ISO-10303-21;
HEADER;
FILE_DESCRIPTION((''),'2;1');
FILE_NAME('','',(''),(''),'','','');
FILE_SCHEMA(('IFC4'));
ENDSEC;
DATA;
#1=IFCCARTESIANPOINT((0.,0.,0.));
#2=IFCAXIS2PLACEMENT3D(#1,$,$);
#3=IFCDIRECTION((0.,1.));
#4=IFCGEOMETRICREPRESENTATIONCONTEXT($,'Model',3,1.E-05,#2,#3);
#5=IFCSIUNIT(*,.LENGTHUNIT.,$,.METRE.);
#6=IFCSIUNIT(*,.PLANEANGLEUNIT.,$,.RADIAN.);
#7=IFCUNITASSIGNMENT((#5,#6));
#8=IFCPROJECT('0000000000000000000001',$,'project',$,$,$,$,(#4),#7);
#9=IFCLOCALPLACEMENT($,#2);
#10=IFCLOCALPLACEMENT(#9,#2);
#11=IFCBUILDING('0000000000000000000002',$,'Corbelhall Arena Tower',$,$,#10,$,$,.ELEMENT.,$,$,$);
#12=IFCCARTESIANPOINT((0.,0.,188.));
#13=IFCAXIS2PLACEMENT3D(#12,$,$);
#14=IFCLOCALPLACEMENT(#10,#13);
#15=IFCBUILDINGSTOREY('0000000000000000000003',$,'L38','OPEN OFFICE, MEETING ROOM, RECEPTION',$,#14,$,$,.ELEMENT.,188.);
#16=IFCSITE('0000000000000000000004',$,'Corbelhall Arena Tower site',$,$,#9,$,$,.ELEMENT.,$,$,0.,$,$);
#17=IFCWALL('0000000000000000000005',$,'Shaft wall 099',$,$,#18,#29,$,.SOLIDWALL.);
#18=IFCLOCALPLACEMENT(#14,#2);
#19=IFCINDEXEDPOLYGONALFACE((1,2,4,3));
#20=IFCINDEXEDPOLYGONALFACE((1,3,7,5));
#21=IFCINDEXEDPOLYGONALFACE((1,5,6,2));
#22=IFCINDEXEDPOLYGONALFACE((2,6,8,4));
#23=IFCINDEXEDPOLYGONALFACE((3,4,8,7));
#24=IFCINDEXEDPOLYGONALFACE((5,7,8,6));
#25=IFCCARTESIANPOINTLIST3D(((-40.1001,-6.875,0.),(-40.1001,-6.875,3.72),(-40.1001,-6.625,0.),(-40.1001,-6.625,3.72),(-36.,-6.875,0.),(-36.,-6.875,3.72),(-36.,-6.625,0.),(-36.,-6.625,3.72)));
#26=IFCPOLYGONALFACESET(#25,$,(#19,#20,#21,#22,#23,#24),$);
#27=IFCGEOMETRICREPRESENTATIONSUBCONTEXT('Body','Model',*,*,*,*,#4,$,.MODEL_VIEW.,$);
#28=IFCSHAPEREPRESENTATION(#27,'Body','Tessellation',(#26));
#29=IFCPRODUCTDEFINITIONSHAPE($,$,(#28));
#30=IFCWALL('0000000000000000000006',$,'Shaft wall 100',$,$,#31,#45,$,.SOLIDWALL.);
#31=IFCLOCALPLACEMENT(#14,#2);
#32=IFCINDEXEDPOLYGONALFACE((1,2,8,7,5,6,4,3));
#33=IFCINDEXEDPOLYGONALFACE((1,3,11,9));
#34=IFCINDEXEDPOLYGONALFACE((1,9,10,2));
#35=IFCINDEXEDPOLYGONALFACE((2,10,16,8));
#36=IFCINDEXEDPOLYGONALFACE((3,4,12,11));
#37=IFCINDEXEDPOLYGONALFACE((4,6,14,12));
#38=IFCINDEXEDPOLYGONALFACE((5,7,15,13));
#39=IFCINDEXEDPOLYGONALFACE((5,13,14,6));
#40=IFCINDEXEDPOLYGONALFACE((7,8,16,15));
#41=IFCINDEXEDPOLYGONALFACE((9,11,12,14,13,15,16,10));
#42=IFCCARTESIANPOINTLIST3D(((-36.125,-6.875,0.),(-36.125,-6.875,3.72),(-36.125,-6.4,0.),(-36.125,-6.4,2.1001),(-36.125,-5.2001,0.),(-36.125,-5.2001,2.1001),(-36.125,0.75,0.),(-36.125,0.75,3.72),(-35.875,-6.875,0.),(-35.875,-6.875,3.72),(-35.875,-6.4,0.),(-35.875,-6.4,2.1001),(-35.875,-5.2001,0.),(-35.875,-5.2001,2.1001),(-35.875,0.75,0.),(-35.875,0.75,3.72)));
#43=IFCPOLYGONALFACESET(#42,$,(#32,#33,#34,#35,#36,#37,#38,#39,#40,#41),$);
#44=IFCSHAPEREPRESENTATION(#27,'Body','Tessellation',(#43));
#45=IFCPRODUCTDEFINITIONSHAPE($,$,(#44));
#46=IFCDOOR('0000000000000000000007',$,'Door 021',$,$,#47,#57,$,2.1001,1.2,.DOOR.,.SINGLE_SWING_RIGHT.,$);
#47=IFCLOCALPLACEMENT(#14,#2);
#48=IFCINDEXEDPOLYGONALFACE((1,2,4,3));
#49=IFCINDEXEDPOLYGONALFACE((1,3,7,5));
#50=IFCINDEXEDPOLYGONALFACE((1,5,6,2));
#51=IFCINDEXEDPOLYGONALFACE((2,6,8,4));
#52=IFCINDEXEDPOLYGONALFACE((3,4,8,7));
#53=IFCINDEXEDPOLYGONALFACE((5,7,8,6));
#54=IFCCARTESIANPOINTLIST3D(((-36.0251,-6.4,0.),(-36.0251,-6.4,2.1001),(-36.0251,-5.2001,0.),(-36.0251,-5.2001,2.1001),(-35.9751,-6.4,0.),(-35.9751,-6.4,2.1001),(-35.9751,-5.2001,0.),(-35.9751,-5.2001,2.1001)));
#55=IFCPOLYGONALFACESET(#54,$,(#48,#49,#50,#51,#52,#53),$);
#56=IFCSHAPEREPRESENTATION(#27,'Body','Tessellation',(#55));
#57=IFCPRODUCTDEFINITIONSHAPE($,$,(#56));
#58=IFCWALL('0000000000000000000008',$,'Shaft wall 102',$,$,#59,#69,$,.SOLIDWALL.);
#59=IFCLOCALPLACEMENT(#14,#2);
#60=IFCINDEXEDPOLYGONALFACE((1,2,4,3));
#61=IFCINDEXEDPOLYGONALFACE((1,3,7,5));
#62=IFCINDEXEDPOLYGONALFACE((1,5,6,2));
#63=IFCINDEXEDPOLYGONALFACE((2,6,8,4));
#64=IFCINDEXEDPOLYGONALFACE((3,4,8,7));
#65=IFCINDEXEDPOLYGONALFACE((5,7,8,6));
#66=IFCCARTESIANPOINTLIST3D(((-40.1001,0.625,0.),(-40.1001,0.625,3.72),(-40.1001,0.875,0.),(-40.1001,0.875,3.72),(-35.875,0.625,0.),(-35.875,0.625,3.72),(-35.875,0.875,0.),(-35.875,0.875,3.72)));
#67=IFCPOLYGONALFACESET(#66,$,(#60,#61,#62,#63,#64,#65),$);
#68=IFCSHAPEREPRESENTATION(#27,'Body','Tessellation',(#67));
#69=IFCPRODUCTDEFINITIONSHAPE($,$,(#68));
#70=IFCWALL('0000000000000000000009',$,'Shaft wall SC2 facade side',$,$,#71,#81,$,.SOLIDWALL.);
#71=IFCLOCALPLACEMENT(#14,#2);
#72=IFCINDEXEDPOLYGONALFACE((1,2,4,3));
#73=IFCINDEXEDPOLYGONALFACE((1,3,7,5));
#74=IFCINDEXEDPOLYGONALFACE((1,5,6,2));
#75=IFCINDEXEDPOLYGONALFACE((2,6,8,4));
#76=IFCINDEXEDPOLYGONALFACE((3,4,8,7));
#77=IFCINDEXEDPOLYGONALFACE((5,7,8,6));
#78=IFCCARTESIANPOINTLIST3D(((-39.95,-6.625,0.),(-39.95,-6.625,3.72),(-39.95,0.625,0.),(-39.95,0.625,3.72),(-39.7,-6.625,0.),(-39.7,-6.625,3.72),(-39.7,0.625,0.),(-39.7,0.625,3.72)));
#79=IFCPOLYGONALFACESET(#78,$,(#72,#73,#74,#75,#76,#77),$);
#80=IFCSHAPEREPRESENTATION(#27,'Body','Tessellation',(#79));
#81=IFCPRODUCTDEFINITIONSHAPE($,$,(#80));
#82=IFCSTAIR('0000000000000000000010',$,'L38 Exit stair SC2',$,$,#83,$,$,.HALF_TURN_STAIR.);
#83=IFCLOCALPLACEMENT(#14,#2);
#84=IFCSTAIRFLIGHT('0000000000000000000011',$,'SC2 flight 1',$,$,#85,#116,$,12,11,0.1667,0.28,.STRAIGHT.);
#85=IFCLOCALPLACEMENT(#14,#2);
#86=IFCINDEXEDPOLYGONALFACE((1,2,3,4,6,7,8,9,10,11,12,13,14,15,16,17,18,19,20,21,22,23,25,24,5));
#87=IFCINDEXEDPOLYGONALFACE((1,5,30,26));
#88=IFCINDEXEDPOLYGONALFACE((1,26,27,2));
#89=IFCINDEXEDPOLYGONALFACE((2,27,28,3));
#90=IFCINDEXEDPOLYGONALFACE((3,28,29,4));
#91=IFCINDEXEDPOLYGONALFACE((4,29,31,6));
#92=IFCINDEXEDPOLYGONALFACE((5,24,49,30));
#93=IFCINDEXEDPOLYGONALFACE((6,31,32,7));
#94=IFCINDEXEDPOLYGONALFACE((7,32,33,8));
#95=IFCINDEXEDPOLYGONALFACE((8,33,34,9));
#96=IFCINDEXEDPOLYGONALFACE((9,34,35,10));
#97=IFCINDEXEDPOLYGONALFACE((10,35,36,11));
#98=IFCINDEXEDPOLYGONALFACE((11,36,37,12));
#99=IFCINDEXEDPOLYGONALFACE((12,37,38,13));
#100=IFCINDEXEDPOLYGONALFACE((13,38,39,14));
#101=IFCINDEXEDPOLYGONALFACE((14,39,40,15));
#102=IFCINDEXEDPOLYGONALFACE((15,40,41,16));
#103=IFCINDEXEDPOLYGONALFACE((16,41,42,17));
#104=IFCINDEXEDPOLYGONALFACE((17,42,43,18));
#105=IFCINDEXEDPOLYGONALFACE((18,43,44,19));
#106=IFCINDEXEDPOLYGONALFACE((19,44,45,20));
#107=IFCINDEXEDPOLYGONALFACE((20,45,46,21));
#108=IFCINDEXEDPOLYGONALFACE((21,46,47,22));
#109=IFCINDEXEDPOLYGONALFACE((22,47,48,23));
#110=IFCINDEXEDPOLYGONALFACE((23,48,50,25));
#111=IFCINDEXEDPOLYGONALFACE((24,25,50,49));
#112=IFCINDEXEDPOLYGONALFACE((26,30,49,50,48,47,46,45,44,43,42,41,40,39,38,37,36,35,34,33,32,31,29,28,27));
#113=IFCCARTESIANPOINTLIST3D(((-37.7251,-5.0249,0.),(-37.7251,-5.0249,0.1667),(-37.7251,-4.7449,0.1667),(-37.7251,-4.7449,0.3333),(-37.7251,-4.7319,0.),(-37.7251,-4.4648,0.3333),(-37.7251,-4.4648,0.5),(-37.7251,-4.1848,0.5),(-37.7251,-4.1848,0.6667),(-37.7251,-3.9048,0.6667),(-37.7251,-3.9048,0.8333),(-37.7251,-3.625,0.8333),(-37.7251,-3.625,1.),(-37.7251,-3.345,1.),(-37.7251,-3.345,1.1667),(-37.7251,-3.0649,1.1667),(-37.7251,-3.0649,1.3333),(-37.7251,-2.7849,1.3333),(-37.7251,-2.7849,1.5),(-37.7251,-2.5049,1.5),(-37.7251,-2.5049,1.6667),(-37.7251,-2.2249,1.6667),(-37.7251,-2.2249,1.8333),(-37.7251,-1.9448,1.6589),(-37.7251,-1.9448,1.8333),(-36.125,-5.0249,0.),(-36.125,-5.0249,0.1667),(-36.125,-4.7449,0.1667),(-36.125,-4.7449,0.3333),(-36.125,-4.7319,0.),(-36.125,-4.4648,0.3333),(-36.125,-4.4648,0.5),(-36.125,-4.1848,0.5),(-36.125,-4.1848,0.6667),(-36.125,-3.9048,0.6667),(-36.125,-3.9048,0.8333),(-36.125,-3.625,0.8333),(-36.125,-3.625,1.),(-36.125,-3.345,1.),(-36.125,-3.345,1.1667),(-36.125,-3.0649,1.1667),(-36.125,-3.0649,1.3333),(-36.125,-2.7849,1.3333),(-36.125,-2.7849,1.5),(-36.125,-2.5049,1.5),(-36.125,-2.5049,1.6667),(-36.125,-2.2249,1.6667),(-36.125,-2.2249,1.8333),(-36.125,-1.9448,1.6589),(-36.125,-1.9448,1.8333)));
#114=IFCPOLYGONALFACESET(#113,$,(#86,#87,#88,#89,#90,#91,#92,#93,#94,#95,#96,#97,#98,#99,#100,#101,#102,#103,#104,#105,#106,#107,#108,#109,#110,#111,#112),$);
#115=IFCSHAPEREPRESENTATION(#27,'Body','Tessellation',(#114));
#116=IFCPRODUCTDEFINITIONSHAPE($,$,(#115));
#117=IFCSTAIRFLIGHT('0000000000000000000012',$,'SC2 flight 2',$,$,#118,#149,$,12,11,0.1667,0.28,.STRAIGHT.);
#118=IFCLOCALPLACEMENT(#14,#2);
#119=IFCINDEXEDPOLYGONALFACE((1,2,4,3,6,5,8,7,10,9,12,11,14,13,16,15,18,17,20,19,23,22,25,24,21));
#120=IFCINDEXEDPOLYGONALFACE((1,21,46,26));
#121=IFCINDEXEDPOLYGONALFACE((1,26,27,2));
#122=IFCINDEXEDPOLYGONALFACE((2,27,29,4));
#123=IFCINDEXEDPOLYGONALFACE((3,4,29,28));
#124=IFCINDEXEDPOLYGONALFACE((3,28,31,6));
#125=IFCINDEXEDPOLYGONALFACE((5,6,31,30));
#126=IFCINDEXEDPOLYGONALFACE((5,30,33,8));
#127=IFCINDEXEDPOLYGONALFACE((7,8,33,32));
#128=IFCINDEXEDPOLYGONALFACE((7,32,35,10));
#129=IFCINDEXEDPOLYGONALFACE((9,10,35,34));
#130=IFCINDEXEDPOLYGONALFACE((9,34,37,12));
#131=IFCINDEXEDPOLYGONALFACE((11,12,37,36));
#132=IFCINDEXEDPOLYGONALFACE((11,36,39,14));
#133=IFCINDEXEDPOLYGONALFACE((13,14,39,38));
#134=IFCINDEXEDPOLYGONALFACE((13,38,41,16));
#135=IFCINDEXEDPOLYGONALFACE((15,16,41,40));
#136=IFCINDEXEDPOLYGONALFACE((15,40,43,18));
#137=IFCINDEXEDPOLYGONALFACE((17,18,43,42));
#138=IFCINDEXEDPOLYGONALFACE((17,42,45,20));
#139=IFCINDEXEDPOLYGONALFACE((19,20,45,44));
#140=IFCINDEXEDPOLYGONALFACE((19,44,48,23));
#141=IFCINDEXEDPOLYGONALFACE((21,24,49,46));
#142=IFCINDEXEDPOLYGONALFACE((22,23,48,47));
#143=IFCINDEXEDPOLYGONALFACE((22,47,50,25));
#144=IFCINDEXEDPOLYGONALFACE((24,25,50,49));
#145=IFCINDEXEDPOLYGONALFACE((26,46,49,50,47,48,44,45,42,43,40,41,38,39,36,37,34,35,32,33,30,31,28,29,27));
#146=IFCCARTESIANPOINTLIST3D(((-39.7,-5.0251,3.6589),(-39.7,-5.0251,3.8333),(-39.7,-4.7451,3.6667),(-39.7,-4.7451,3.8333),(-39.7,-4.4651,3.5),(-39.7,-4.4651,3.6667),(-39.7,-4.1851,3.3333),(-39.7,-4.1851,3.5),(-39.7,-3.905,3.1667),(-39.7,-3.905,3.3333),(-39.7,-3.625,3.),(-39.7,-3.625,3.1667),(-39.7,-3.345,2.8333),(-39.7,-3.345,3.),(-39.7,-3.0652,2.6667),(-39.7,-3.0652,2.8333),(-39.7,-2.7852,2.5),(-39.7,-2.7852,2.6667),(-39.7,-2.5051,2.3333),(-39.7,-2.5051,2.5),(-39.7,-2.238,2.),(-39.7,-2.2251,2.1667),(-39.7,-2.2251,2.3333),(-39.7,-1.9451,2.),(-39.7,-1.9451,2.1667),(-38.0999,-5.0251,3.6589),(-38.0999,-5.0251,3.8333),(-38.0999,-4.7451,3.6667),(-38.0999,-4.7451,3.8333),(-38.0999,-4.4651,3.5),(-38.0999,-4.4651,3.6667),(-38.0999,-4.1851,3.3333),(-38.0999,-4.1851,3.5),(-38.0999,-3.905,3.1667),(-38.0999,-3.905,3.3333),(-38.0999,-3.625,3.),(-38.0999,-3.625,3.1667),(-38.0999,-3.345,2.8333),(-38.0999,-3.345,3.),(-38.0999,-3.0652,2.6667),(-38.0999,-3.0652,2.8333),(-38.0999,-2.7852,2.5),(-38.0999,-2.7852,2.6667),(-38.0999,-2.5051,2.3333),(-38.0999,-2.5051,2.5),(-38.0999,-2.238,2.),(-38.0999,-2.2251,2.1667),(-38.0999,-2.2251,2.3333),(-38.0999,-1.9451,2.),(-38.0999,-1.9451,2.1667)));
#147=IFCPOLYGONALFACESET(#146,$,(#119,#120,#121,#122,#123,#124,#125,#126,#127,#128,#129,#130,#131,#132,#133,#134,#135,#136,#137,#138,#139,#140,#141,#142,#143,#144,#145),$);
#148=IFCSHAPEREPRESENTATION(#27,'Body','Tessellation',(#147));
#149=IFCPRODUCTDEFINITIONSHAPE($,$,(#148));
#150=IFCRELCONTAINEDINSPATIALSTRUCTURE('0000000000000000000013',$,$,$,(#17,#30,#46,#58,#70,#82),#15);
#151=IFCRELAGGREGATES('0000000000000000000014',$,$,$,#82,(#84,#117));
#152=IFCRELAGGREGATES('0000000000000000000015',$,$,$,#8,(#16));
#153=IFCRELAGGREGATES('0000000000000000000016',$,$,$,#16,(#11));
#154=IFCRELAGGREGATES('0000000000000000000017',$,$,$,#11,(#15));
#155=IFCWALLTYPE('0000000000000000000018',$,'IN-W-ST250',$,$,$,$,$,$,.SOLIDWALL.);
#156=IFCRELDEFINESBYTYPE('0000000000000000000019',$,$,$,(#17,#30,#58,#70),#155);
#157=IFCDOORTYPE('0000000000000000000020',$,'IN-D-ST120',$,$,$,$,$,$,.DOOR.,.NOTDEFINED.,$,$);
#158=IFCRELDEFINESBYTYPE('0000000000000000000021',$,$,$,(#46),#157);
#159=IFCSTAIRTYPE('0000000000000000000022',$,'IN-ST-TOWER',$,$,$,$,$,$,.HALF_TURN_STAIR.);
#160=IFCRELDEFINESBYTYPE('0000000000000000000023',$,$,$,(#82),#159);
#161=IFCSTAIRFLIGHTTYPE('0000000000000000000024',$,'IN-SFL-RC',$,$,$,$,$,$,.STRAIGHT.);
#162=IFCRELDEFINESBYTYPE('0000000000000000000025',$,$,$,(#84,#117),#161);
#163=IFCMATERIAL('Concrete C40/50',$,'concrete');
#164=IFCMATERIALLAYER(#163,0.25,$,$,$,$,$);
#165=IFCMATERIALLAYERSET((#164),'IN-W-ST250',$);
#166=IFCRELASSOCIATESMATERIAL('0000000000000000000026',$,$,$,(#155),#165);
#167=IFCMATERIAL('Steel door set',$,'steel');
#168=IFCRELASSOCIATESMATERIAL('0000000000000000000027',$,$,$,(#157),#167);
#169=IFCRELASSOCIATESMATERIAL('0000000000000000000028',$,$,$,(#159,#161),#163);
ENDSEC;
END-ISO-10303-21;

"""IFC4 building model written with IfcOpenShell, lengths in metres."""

from ifc_helpers import new_model, si_unit, direction, frame, frame_2d, origin, place, context, subcontext, project, spatial, polyline, rectangle, outline, extrude, material, layer, layer_set, type_object, element, fill, aggregate, save


model = new_model("IFC4")

# Units and contexts
model_context = context("Model", 3, precision=1e-05, world=origin(), true_north=direction((0.0, 1.0)))
body_context = subcontext(model_context, "Body", "Model", "MODEL_VIEW")
ifc_project = project(units=[si_unit("LENGTHUNIT", "METRE"), si_unit("PLANEANGLEUNIT", "RADIAN")], contexts=[model_context])

# Site, building, storey
site_placement = place(None, origin())
site = spatial("IfcSite", under=ifc_project, at=site_placement, Name="Corbelhall Arena Tower site", CompositionType="ELEMENT", RefElevation=0.0)
building_placement = place(site_placement, origin())
building = spatial("IfcBuilding", under=site, at=building_placement, Name="Corbelhall Arena Tower", CompositionType="ELEMENT")
storey_placement = place(building_placement, frame((0.0, 0.0, 188.0)))
storey = spatial("IfcBuildingStorey", under=building, at=storey_placement, Name="L38", Description="OPEN OFFICE, MEETING ROOM, RECEPTION", CompositionType="ELEMENT", Elevation=188.0)

# Shared definitions
ifc_material_1 = material(Name="Steel door set", Category="steel")

# Wall
ifc_material_2 = material(Name="Concrete C40/50", Category="concrete")
ifc_layer_1 = layer(ifc_material_2, 0.25)
ifc_layer_set_1 = layer_set([ifc_layer_1], Name="IN-W-ST250")
wall_type_1 = type_object("IfcWallType", Name="IN-W-ST250", PredefinedType="SOLIDWALL", material=ifc_layer_set_1)
wall_1_placement = place(storey_placement, frame((-36.0, -6.75, 0.0), z_axis=(0.0, 0.0, 1.0), x_axis=(-1.0, 0.0, 0.0)))
element("IfcWall", 1, at=wall_1_placement, inside=storey, type_object=wall_type_1, Name="Shaft wall 099", PredefinedType="SOLIDWALL", context=body_context, shape_type="SweptSolid", body=[
    extrude(rectangle(XDim=4.1001, YDim=0.25, at=frame_2d((2.05, 0.0))), origin(), (0.0, 0.0, 1.0), 3.72),
])

# Wall, opening, door
wall_2_placement = place(storey_placement, frame((-36.0, 0.75, 0.0), z_axis=(0.0, 0.0, 1.0), x_axis=(0.0, -1.0, 0.0)))
wall_2 = element("IfcWall", 2, at=wall_2_placement, inside=storey, type_object=wall_type_1, Name="Shaft wall 100", PredefinedType="SOLIDWALL", context=body_context, shape_type="SweptSolid", body=[
    extrude(rectangle(XDim=7.625, YDim=0.25, at=frame_2d((3.8125, 0.0))), origin(), (0.0, 0.0, 1.0), 3.72),
])
opening_1_placement = place(wall_2_placement, frame((5.95, 0.0, 0.0)))
opening_1 = element("IfcOpeningElement", 3, at=opening_1_placement, cuts=wall_2, PredefinedType="OPENING", context=body_context, shape_type="SweptSolid", body=[
    extrude(rectangle(XDim=1.2, YDim=2.1001, at=frame_2d((0.6001, 1.05))), frame((0.0, 0.125, 0.0), z_axis=(0.0, -1.0, 0.0), x_axis=(1.0, 0.0, 0.0)), (0.0, 0.0, 1.0), 0.25),
])
door_type_1 = type_object("IfcDoorType", Name="IN-D-ST120", OperationType="NOTDEFINED", PredefinedType="DOOR", material=ifc_material_1)
door_1_placement = place(opening_1_placement, origin())
door_1 = element("IfcDoor", 4, at=door_1_placement, inside=storey, type_object=door_type_1, Name="Door 021", OperationType="SINGLE_SWING_RIGHT", OverallHeight=2.1001, OverallWidth=1.2, PredefinedType="DOOR", context=body_context, shape_type="SweptSolid", body=[
    extrude(rectangle(XDim=1.2, YDim=2.1001, at=frame_2d((0.6001, 1.05))), frame((0.0, 0.0249, 0.0), z_axis=(0.0, -1.0, 0.0), x_axis=(1.0, 0.0, 0.0)), (0.0, 0.0, 1.0), 0.05),
])
fill(opening_1, door_1)

# Walls
wall_3_placement = place(storey_placement, frame((-35.875, 0.75, 0.0), z_axis=(0.0, 0.0, 1.0), x_axis=(-1.0, 0.0, 0.0)))
element("IfcWall", 5, at=wall_3_placement, inside=storey, type_object=wall_type_1, Name="Shaft wall 102", PredefinedType="SOLIDWALL", context=body_context, shape_type="SweptSolid", body=[
    extrude(rectangle(XDim=4.2251, YDim=0.25, at=frame_2d((2.1125, 0.0))), origin(), (0.0, 0.0, 1.0), 3.72),
])
wall_4_placement = place(storey_placement, frame((-39.825, -6.625, 0.0), z_axis=(0.0, 0.0, 1.0), x_axis=(0.0, 1.0, 0.0)))
element("IfcWall", 6, at=wall_4_placement, inside=storey, type_object=wall_type_1, Name="Shaft wall SC2 facade side", PredefinedType="SOLIDWALL", context=body_context, shape_type="SweptSolid", body=[
    extrude(rectangle(XDim=7.25, YDim=0.25, at=frame_2d((3.625, 0.0))), origin(), (0.0, 0.0, 1.0), 3.72),
])

# Stair, stair flights
stair_type = type_object("IfcStairType", Name="IN-ST-TOWER", PredefinedType="HALF_TURN_STAIR", material=ifc_material_2)
stair_placement = place(storey_placement, origin())
stair = element("IfcStair", 7, at=stair_placement, inside=storey, type_object=stair_type, Name="L38 Exit stair SC2", PredefinedType="HALF_TURN_STAIR")
stair_flight_type = type_object("IfcStairFlightType", Name="IN-SFL-RC", PredefinedType="STRAIGHT", material=ifc_material_2)
stair_flight_1_placement = place(storey_placement, frame((-36.925, -5.0249, 0.0), z_axis=(0.0, 0.0, 1.0), x_axis=(0.0, 1.0, 0.0)))
stair_flight_1 = element("IfcStairFlight", 8, at=stair_flight_1_placement, type_object=stair_flight_type, Name="SC2 flight 1", NumberOfRisers=12, NumberOfTreads=11, PredefinedType="STRAIGHT", RiserHeight=0.1667, TreadLength=0.28, context=body_context, shape_type="SweptSolid", body=[
    extrude(outline(polyline([(0.0, 0.0), (0.0, 0.1667), (0.28, 0.1667), (0.28, 0.3333), (0.5601, 0.3333), (0.5601, 0.5), (0.8401, 0.5), (0.8401, 0.6667), (1.1201, 0.6667), (1.1201, 0.8333), (1.3999, 0.8333), (1.3999, 1.0), (1.6799, 1.0), (1.6799, 1.1667), (1.96, 1.1667), (1.96, 1.3333), (2.24, 1.3333), (2.24, 1.5), (2.52, 1.5), (2.52, 1.6667), (2.8, 1.6667), (2.8, 1.8333), (3.0801, 1.8333), (3.0801, 2.0), (3.0801, 1.6589), (0.293, 0.0), (0.0, 0.0)])), frame((0.0, 0.8, 0.0), z_axis=(0.0, -1.0, 0.0), x_axis=(1.0, 0.0, 0.0)), (0.0, 0.0, 1.0), 1.6001),
])
stair_flight_2_placement = place(storey_placement, frame((-38.8999, -1.9451, 2.0), z_axis=(0.0, 0.0, 1.0), x_axis=(0.0, -1.0, 0.0)))
stair_flight_2 = element("IfcStairFlight", 9, at=stair_flight_2_placement, type_object=stair_flight_type, Name="SC2 flight 2", NumberOfRisers=12, NumberOfTreads=11, PredefinedType="STRAIGHT", RiserHeight=0.1667, TreadLength=0.28, context=body_context, shape_type="SweptSolid", body=[
    extrude(outline(polyline([(0.0, 0.0), (0.0, 0.1667), (0.28, 0.1667), (0.28, 0.3333), (0.5601, 0.3333), (0.5601, 0.5), (0.8401, 0.5), (0.8401, 0.6667), (1.1201, 0.6667), (1.1201, 0.8333), (1.3999, 0.8333), (1.3999, 1.0), (1.6799, 1.0), (1.6799, 1.1667), (1.96, 1.1667), (1.96, 1.3333), (2.24, 1.3333), (2.24, 1.5), (2.52, 1.5), (2.52, 1.6667), (2.8, 1.6667), (2.8, 1.8333), (3.0801, 1.8333), (3.0801, 2.0), (3.0801, 1.6589), (0.293, 0.0), (0.0, 0.0)])), frame((0.0, 0.8, 0.0), z_axis=(0.0, -1.0, 0.0), x_axis=(1.0, 0.0, 0.0)), (0.0, 0.0, 1.0), 1.6001),
])
aggregate(stair, [stair_flight_1, stair_flight_2])

save(model, "model.ifc")
